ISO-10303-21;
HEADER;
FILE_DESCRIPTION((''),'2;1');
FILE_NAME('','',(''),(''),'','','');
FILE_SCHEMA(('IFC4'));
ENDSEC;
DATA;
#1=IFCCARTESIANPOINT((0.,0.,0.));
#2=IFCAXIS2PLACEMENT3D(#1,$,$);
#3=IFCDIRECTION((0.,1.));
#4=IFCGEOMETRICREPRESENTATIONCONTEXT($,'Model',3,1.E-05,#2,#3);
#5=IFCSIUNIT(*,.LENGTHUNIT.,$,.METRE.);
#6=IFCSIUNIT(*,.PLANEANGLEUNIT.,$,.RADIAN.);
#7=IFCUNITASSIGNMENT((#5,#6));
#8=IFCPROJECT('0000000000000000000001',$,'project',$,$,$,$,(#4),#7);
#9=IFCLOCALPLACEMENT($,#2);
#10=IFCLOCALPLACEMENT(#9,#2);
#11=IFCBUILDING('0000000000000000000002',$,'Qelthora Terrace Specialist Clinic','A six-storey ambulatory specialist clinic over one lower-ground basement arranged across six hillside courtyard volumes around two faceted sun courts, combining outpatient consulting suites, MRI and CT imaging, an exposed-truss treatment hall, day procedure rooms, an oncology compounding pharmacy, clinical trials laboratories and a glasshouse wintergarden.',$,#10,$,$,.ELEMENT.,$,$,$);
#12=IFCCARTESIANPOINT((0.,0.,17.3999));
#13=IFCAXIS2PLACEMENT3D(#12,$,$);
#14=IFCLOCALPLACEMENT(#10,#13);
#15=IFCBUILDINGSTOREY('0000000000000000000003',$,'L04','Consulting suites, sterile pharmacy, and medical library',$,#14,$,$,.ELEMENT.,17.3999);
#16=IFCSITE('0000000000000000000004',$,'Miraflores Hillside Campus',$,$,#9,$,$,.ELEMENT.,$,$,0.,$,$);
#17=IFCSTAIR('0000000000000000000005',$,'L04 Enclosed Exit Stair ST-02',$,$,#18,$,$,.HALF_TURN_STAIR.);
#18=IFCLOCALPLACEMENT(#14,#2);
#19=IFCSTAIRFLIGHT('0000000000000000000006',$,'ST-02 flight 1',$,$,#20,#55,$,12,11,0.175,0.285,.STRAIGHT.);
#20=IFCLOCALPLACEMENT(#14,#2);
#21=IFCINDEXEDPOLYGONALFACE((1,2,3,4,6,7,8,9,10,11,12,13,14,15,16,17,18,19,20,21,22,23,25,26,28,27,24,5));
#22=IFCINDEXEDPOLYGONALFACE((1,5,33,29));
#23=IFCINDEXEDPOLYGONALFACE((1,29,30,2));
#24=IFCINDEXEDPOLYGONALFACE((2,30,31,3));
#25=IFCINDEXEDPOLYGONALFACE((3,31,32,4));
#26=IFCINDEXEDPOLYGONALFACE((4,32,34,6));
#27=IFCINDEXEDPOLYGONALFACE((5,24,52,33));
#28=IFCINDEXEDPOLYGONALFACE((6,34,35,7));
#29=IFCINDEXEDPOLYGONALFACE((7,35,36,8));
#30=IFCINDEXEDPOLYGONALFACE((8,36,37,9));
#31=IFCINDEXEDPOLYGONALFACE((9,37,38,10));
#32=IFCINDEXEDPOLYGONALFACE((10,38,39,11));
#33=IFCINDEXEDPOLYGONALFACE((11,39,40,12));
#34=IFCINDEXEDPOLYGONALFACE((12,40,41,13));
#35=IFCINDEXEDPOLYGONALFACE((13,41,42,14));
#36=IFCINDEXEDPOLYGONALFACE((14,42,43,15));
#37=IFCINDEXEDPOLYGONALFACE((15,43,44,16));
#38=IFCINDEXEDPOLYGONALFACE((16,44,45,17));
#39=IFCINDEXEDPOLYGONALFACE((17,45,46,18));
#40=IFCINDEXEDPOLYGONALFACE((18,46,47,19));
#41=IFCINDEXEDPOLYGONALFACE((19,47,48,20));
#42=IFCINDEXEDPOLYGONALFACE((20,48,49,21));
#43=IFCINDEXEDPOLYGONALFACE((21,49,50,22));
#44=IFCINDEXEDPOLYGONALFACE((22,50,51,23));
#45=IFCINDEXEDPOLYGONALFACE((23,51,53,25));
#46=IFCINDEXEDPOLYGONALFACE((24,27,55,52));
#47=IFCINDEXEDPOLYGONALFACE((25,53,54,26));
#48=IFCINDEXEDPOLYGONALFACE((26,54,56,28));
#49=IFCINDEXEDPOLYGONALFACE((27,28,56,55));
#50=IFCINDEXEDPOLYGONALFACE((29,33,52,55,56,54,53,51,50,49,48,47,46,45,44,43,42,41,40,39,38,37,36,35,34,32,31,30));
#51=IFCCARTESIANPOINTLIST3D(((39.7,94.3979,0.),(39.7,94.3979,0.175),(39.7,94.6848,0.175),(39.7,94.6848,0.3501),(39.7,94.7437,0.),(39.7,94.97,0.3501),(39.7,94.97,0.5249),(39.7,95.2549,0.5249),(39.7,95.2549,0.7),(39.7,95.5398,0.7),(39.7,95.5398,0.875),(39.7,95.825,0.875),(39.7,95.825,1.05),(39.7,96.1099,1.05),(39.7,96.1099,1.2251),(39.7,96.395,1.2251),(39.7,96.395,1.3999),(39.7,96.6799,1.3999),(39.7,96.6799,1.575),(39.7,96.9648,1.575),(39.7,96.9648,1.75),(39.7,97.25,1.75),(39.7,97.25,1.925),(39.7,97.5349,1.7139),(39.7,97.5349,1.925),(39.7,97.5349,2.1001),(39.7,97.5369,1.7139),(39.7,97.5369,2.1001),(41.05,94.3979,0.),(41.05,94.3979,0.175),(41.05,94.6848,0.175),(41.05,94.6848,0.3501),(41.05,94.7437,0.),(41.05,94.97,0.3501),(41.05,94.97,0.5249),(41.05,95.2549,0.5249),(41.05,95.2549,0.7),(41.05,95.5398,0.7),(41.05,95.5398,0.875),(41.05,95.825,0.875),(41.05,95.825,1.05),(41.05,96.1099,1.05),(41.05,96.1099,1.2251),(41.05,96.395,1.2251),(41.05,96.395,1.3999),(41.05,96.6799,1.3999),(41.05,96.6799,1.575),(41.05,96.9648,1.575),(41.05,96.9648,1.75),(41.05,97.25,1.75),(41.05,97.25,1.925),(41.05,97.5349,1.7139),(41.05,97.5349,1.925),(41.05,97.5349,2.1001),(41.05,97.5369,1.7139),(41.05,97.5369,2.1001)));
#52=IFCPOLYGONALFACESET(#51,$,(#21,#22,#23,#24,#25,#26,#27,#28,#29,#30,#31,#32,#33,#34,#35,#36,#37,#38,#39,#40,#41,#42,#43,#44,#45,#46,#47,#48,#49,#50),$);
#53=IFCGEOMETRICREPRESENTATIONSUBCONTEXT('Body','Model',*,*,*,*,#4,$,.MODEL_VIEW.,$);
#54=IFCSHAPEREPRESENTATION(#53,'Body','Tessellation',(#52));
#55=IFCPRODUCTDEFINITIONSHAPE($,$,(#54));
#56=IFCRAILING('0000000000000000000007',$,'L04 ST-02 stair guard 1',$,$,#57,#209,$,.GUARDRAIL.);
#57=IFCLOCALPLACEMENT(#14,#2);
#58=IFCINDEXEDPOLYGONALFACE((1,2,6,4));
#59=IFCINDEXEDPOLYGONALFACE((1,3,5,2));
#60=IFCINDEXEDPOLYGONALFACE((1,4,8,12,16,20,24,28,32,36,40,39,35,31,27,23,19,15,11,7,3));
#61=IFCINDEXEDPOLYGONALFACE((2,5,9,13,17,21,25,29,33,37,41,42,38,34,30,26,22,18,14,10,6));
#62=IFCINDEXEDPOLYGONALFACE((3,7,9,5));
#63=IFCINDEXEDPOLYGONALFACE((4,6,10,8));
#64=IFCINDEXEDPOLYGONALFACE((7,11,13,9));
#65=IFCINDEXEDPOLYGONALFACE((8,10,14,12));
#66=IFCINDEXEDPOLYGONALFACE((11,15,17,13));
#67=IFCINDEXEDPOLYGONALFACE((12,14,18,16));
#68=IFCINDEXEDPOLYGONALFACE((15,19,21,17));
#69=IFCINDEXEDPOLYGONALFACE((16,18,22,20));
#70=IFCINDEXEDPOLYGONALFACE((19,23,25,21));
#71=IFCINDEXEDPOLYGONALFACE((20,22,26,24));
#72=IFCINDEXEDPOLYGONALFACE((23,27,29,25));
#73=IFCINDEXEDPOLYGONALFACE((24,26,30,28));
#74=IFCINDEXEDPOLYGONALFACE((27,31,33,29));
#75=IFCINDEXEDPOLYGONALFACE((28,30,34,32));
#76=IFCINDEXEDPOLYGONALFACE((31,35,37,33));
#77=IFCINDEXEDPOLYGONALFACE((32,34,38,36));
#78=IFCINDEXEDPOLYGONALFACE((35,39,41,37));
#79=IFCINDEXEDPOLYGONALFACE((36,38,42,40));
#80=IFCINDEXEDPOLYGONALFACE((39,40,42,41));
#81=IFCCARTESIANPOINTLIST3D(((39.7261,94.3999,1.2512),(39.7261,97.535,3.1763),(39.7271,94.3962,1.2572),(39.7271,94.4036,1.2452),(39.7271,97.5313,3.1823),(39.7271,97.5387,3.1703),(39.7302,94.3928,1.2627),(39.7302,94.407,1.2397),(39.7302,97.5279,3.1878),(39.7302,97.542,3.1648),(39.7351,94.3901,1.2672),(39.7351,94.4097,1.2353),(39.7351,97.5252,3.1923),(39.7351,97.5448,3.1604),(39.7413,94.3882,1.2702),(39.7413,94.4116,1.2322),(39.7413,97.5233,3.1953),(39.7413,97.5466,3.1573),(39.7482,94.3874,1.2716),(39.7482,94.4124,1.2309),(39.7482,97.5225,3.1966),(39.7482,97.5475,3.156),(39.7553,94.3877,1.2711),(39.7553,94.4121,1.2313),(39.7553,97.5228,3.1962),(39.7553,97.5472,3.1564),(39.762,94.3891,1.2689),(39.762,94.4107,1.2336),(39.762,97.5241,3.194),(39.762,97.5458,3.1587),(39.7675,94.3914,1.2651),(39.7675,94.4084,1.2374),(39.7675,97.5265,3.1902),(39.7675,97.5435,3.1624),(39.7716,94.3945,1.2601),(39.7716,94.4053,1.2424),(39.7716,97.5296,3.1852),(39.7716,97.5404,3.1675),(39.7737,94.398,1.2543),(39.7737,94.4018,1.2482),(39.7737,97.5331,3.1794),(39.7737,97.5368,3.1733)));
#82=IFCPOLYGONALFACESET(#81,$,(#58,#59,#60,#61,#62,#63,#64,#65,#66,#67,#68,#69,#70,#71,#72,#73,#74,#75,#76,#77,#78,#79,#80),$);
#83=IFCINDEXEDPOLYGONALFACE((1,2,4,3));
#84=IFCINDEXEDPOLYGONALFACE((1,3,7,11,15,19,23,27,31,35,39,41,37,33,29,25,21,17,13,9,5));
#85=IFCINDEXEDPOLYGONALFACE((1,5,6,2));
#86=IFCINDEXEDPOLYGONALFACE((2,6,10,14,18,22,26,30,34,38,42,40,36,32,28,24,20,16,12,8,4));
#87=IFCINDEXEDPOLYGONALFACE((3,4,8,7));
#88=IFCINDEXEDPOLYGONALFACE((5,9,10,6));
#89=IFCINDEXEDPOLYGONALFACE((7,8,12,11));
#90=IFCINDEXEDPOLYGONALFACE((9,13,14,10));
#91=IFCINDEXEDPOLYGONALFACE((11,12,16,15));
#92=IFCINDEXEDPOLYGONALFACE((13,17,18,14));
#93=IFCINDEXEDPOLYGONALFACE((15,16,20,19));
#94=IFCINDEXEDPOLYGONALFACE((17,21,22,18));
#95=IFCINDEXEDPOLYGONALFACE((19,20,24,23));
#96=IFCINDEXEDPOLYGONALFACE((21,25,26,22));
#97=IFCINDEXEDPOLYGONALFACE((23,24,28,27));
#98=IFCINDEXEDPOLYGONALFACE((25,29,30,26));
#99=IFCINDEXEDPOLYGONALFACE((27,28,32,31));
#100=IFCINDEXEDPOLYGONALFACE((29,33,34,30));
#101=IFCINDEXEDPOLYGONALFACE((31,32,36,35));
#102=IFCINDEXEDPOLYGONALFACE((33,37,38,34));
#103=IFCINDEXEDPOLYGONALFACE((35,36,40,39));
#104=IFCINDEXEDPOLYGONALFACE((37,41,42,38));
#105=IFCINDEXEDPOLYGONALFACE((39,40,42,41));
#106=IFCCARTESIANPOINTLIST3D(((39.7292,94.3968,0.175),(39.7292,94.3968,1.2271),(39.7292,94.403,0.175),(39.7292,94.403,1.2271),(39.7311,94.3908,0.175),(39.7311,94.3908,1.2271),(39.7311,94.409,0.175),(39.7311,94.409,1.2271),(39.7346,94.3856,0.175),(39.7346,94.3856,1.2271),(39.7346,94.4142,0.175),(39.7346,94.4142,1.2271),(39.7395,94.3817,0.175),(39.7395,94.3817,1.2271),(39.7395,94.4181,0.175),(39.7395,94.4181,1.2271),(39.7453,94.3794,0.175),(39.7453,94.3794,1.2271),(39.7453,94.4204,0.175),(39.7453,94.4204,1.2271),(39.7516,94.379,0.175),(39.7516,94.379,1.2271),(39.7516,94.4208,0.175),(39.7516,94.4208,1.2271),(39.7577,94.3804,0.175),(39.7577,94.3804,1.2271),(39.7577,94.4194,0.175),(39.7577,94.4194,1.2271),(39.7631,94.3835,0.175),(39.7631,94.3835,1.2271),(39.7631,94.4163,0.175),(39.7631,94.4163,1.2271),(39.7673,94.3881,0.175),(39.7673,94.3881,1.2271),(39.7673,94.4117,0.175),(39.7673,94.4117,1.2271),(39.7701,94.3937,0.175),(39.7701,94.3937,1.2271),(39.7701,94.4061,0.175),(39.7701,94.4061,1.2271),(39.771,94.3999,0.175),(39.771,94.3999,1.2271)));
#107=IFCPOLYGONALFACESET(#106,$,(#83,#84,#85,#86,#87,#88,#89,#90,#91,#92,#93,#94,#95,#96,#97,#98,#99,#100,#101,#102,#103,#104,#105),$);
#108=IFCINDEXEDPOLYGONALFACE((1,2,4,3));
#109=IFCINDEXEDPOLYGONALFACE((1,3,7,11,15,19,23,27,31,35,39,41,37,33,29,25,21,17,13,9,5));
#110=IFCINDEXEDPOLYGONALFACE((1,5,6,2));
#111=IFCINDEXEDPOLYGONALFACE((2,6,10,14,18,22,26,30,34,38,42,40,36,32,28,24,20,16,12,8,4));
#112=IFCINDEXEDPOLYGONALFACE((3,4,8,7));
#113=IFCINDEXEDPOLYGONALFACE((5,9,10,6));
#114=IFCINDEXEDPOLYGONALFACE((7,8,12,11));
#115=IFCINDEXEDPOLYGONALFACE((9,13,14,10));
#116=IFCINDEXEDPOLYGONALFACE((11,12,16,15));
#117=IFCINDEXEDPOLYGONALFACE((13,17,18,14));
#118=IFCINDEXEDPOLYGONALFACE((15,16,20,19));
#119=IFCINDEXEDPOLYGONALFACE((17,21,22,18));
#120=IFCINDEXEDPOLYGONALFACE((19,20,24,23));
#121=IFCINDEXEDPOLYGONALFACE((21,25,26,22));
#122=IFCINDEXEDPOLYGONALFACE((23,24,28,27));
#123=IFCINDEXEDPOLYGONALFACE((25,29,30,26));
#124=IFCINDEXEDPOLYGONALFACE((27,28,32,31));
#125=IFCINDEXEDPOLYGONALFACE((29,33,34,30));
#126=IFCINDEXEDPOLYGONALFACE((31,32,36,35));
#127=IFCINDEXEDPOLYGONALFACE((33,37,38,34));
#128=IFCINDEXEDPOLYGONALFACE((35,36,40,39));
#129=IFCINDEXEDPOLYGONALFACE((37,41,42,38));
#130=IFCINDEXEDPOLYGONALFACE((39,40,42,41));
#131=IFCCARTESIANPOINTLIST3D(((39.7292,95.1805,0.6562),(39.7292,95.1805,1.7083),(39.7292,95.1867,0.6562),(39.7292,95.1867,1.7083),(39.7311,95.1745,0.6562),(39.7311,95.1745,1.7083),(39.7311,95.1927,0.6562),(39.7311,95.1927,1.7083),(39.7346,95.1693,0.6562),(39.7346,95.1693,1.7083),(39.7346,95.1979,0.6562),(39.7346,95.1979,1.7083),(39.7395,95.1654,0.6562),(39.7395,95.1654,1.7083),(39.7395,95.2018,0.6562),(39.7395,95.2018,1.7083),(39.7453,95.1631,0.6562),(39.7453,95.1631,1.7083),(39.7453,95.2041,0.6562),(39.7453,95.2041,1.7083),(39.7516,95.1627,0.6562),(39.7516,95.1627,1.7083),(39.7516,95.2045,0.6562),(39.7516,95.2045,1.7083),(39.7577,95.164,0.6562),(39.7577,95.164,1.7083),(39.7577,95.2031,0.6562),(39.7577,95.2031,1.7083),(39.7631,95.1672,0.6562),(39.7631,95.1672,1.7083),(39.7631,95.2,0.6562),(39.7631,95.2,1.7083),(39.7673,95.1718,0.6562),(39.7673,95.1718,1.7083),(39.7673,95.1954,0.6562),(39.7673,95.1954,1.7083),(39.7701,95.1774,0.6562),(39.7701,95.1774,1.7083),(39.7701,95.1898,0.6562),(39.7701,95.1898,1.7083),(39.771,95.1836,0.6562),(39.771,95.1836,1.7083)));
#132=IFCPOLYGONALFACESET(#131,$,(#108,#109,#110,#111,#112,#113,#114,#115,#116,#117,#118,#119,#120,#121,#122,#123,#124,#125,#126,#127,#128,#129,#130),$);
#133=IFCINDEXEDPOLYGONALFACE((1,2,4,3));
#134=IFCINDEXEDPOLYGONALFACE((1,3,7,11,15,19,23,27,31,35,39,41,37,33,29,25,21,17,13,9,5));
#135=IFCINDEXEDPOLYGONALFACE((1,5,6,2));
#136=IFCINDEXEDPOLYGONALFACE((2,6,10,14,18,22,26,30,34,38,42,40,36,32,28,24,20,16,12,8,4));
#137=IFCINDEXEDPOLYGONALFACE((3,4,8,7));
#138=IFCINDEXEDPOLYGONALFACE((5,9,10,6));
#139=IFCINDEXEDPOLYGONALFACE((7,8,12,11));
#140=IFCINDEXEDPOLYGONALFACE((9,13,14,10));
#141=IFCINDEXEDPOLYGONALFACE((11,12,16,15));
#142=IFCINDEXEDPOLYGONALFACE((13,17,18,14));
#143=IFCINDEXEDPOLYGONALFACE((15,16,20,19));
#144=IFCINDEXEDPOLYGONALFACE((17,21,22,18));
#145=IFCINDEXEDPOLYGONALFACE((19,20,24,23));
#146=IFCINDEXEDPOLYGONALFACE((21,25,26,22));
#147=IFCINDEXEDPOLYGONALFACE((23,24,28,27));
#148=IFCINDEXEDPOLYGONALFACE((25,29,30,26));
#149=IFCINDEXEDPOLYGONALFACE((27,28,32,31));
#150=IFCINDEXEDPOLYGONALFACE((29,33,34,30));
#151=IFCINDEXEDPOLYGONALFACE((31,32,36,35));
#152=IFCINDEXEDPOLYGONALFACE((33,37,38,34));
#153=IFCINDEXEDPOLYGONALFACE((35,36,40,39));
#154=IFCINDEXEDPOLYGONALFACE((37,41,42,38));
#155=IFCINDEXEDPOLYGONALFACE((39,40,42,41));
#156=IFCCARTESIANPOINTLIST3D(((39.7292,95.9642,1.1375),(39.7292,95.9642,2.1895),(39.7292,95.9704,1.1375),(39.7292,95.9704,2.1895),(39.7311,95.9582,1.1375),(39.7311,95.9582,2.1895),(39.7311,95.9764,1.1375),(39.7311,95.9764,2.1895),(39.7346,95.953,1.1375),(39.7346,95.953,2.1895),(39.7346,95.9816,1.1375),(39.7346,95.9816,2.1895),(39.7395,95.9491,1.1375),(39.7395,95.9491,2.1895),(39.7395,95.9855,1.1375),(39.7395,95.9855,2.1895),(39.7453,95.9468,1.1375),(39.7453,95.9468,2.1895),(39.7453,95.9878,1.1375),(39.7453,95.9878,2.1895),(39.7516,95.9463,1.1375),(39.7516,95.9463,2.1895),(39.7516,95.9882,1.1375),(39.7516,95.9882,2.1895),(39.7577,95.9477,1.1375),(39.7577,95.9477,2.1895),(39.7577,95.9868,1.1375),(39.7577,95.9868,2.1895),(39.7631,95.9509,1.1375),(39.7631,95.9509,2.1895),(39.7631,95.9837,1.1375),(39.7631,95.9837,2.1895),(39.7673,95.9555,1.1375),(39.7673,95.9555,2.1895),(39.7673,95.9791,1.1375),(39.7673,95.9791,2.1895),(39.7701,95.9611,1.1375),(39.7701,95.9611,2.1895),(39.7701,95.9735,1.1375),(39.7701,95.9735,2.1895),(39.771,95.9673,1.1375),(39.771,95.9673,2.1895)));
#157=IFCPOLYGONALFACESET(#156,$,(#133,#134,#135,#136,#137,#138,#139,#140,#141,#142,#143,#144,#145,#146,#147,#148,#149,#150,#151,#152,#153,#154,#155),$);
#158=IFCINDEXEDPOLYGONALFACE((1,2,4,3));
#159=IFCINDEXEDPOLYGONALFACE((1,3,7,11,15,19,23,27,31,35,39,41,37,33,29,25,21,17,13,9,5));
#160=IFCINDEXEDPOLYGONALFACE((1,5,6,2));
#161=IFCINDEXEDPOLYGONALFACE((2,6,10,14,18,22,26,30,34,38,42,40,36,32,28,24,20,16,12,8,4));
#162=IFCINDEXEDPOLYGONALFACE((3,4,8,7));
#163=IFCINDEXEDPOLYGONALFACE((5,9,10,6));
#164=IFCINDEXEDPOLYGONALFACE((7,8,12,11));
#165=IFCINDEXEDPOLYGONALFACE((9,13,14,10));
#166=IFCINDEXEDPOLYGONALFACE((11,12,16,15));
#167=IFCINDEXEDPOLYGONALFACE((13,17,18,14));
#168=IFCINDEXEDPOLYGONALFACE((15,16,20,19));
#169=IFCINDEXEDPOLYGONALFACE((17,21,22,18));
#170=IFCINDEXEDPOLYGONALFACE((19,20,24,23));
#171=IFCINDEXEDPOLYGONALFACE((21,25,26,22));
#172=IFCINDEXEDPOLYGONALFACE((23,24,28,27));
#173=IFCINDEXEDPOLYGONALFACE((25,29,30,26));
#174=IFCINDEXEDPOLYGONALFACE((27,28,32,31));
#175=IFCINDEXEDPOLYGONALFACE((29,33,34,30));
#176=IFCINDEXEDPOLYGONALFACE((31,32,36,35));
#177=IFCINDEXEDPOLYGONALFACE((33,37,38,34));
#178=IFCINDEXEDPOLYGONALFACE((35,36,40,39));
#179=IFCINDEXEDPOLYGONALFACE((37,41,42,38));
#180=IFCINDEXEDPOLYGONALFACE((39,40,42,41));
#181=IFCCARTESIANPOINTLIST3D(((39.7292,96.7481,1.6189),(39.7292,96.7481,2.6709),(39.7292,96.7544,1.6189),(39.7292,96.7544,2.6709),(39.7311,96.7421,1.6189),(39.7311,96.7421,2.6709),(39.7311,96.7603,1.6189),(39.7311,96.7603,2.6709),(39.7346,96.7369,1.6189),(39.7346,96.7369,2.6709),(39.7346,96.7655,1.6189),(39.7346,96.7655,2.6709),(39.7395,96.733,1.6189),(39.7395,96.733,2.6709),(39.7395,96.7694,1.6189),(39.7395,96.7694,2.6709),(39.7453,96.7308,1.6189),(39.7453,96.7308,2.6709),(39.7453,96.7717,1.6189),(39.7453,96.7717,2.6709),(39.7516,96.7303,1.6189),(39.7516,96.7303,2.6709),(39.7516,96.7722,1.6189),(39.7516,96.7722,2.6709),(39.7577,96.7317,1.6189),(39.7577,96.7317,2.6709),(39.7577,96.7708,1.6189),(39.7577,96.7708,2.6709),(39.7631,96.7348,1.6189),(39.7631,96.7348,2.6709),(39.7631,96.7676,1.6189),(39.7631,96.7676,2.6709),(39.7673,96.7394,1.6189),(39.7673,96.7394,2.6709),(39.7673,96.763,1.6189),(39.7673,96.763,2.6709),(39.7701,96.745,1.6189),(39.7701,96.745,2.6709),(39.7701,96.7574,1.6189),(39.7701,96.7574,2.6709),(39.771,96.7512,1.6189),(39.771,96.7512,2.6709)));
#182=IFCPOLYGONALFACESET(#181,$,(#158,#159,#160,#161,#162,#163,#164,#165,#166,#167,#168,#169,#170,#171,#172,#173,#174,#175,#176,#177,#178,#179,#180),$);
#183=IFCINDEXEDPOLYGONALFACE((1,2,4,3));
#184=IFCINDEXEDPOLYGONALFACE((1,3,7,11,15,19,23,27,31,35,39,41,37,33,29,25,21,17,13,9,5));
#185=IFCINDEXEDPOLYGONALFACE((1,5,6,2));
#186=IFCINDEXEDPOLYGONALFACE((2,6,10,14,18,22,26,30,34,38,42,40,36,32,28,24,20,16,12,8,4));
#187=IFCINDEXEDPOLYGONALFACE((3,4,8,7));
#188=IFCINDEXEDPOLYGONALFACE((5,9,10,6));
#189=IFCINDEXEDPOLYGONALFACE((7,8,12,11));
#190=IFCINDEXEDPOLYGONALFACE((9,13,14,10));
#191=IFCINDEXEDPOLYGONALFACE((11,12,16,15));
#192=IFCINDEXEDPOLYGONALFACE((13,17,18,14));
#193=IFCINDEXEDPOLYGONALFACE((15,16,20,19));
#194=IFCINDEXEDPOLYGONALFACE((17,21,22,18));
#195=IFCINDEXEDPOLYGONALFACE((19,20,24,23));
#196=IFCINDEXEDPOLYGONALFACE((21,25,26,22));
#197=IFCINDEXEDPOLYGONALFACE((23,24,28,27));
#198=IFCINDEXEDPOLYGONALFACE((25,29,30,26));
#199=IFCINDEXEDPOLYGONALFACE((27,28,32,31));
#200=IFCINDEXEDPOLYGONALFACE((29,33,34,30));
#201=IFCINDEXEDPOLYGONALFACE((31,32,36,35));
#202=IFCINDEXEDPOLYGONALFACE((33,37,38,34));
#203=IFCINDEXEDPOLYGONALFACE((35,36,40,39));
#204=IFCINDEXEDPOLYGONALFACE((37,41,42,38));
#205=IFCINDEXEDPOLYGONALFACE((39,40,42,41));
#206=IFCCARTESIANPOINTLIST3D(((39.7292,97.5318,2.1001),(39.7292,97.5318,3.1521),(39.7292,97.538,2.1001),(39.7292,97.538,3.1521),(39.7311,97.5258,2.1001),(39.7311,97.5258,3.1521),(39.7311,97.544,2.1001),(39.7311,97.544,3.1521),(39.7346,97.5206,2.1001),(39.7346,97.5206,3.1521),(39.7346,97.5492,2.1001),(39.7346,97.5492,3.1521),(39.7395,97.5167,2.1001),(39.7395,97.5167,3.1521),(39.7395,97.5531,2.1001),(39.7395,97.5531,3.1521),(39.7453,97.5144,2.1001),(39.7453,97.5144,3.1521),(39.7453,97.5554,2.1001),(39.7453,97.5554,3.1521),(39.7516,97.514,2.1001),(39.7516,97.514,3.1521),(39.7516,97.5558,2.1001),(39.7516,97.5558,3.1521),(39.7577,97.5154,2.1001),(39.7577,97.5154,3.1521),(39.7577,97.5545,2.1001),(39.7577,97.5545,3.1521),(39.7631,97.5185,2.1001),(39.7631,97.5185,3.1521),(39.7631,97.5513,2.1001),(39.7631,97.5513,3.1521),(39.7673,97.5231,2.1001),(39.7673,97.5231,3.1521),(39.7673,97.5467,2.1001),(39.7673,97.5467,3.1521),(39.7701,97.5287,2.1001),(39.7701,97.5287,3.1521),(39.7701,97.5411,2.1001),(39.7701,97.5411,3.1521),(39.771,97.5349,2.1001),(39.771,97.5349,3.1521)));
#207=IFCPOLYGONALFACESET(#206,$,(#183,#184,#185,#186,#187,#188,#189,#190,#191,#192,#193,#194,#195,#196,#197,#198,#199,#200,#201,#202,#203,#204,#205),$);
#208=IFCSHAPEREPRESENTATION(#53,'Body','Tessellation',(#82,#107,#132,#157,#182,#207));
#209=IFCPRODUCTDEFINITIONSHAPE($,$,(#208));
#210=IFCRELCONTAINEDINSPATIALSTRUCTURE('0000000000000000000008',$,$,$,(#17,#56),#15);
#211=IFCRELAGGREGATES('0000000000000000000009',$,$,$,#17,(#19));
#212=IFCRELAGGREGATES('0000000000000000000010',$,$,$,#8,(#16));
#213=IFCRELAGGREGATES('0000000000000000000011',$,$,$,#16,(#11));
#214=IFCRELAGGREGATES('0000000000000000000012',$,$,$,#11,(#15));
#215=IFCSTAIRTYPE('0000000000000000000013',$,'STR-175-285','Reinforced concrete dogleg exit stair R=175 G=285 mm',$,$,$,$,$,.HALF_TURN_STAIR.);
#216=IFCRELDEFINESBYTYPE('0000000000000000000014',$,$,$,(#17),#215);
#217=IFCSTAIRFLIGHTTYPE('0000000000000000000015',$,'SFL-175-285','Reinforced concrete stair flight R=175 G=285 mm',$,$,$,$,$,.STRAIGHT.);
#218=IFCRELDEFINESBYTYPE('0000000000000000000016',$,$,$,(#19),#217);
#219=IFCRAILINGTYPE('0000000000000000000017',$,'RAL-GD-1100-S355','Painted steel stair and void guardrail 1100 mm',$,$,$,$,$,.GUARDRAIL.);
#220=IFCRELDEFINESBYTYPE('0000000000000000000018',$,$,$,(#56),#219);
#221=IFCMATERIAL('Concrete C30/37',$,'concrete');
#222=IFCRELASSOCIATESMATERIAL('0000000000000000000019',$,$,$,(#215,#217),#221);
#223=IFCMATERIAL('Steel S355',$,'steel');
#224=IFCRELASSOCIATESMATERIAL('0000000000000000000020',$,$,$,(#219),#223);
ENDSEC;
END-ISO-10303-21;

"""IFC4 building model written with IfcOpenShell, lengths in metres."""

from ifc_helpers import new_model, si_unit, direction, frame, origin, origin_2d, place, context, subcontext, project, spatial, polyline, circle, outline, extrude, material, type_object, element, aggregate, save


model = new_model("IFC4")

# Units and contexts
model_context = context("Model", 3, precision=1e-05, world=origin(), true_north=direction((0.0, 1.0)))
body_context = subcontext(model_context, "Body", "Model", "MODEL_VIEW")
ifc_project = project(units=[si_unit("LENGTHUNIT", "METRE"), si_unit("PLANEANGLEUNIT", "RADIAN")], contexts=[model_context])

# Site, building, storey
site_placement = place(None, origin())
site = spatial("IfcSite", under=ifc_project, at=site_placement, Name="Miraflores Hillside Campus", CompositionType="ELEMENT", RefElevation=0.0)
building_placement = place(site_placement, origin())
building = spatial("IfcBuilding", under=site, at=building_placement, Name="Qelthora Terrace Specialist Clinic", Description="A six-storey ambulatory specialist clinic over one lower-ground basement arranged across six hillside courtyard volumes around two faceted sun courts, combining outpatient consulting suites, MRI and CT imaging, an exposed-truss treatment hall, day procedure rooms, an oncology compounding pharmacy, clinical trials laboratories and a glasshouse wintergarden.", CompositionType="ELEMENT")
storey_placement = place(building_placement, frame((0.0, 0.0, 17.3999)))
storey = spatial("IfcBuildingStorey", under=building, at=storey_placement, Name="L04", Description="Consulting suites, sterile pharmacy, and medical library", CompositionType="ELEMENT", Elevation=17.3999)

# Shared definitions
ifc_material_1 = material(Name="Steel S355", Category="steel")

# Stair, stair flight
ifc_material_2 = material(Name="Concrete C30/37", Category="concrete")
stair_type = type_object("IfcStairType", Name="STR-175-285", Description="Reinforced concrete dogleg exit stair R=175 G=285 mm", PredefinedType="HALF_TURN_STAIR", material=ifc_material_2)
stair_placement = place(storey_placement, origin())
stair = element("IfcStair", 1, at=stair_placement, inside=storey, type_object=stair_type, Name="L04 Enclosed Exit Stair ST-02", PredefinedType="HALF_TURN_STAIR")
stair_flight_type = type_object("IfcStairFlightType", Name="SFL-175-285", Description="Reinforced concrete stair flight R=175 G=285 mm", PredefinedType="STRAIGHT", material=ifc_material_2)
stair_flight_placement = place(storey_placement, frame((40.375, 94.3999, 0.0), z_axis=(0.0, 0.0, 1.0), x_axis=(0.0, 1.0, 0.0)))
stair_flight = element("IfcStairFlight", 2, at=stair_flight_placement, type_object=stair_flight_type, Name="ST-02 flight 1", NumberOfRisers=12, NumberOfTreads=11, PredefinedType="STRAIGHT", RiserHeight=0.175, TreadLength=0.285, context=body_context, shape_type="SweptSolid", body=[
    extrude(outline(polyline([(-0.002, 0.0), (-0.002, 0.175), (0.2849, 0.175), (0.2849, 0.3501), (0.5701, 0.3501), (0.5701, 0.5249), (0.855, 0.5249), (0.855, 0.7), (1.1399, 0.7), (1.1399, 0.875), (1.425, 0.875), (1.425, 1.05), (1.71, 1.05), (1.71, 1.2251), (1.9951, 1.2251), (1.9951, 1.3999), (2.28, 1.3999), (2.28, 1.575), (2.5649, 1.575), (2.5649, 1.75), (2.8501, 1.75), (2.8501, 1.925), (3.135, 1.925), (3.135, 2.1001), (3.137, 2.1001), (3.137, 1.7139), (3.135, 1.7139), (0.3438, 0.0), (-0.002, 0.0)])), frame((0.0, 0.675, 0.0), z_axis=(0.0, -1.0, 0.0), x_axis=(1.0, 0.0, 0.0)), (0.0, 0.0, 1.0), 1.3501),
])
aggregate(stair, [stair_flight])

# Railing
railing_type_1 = type_object("IfcRailingType", Name="RAL-GD-1100-S355", Description="Painted steel stair and void guardrail 1100 mm", PredefinedType="GUARDRAIL", material=ifc_material_1)
railing_1_placement = place(storey_placement, frame((39.75, 94.3999, 0.175)))
element("IfcRailing", 3, at=railing_1_placement, inside=storey, type_object=railing_type_1, Name="L04 ST-02 stair guard 1", PredefinedType="GUARDRAIL", context=body_context, shape_type="SweptSolid", body=[
    extrude(circle(Radius=0.0239, at=origin_2d()), frame((0.0, 0.0, 1.0762), z_axis=(0.0, 0.852166, 0.523271), x_axis=(-1.0, 0.0, 0.0)), (0.0, 0.0, 1.0), 3.679),
    extrude(circle(Radius=0.021, at=origin_2d()), origin(), (0.0, 0.0, 1.0), 1.052),
    extrude(circle(Radius=0.021, at=origin_2d()), frame((0.0, 0.7837, 0.4812)), (0.0, 0.0, 1.0), 1.052),
    extrude(circle(Radius=0.021, at=origin_2d()), frame((0.0, 1.5674, 0.9624)), (0.0, 0.0, 1.0), 1.052),
    extrude(circle(Radius=0.021, at=origin_2d()), frame((0.0, 2.3513, 1.4438)), (0.0, 0.0, 1.0), 1.052),
    extrude(circle(Radius=0.021, at=origin_2d()), frame((0.0, 3.135, 1.925)), (0.0, 0.0, 1.0), 1.052),
])

save(model, "model.ifc")
